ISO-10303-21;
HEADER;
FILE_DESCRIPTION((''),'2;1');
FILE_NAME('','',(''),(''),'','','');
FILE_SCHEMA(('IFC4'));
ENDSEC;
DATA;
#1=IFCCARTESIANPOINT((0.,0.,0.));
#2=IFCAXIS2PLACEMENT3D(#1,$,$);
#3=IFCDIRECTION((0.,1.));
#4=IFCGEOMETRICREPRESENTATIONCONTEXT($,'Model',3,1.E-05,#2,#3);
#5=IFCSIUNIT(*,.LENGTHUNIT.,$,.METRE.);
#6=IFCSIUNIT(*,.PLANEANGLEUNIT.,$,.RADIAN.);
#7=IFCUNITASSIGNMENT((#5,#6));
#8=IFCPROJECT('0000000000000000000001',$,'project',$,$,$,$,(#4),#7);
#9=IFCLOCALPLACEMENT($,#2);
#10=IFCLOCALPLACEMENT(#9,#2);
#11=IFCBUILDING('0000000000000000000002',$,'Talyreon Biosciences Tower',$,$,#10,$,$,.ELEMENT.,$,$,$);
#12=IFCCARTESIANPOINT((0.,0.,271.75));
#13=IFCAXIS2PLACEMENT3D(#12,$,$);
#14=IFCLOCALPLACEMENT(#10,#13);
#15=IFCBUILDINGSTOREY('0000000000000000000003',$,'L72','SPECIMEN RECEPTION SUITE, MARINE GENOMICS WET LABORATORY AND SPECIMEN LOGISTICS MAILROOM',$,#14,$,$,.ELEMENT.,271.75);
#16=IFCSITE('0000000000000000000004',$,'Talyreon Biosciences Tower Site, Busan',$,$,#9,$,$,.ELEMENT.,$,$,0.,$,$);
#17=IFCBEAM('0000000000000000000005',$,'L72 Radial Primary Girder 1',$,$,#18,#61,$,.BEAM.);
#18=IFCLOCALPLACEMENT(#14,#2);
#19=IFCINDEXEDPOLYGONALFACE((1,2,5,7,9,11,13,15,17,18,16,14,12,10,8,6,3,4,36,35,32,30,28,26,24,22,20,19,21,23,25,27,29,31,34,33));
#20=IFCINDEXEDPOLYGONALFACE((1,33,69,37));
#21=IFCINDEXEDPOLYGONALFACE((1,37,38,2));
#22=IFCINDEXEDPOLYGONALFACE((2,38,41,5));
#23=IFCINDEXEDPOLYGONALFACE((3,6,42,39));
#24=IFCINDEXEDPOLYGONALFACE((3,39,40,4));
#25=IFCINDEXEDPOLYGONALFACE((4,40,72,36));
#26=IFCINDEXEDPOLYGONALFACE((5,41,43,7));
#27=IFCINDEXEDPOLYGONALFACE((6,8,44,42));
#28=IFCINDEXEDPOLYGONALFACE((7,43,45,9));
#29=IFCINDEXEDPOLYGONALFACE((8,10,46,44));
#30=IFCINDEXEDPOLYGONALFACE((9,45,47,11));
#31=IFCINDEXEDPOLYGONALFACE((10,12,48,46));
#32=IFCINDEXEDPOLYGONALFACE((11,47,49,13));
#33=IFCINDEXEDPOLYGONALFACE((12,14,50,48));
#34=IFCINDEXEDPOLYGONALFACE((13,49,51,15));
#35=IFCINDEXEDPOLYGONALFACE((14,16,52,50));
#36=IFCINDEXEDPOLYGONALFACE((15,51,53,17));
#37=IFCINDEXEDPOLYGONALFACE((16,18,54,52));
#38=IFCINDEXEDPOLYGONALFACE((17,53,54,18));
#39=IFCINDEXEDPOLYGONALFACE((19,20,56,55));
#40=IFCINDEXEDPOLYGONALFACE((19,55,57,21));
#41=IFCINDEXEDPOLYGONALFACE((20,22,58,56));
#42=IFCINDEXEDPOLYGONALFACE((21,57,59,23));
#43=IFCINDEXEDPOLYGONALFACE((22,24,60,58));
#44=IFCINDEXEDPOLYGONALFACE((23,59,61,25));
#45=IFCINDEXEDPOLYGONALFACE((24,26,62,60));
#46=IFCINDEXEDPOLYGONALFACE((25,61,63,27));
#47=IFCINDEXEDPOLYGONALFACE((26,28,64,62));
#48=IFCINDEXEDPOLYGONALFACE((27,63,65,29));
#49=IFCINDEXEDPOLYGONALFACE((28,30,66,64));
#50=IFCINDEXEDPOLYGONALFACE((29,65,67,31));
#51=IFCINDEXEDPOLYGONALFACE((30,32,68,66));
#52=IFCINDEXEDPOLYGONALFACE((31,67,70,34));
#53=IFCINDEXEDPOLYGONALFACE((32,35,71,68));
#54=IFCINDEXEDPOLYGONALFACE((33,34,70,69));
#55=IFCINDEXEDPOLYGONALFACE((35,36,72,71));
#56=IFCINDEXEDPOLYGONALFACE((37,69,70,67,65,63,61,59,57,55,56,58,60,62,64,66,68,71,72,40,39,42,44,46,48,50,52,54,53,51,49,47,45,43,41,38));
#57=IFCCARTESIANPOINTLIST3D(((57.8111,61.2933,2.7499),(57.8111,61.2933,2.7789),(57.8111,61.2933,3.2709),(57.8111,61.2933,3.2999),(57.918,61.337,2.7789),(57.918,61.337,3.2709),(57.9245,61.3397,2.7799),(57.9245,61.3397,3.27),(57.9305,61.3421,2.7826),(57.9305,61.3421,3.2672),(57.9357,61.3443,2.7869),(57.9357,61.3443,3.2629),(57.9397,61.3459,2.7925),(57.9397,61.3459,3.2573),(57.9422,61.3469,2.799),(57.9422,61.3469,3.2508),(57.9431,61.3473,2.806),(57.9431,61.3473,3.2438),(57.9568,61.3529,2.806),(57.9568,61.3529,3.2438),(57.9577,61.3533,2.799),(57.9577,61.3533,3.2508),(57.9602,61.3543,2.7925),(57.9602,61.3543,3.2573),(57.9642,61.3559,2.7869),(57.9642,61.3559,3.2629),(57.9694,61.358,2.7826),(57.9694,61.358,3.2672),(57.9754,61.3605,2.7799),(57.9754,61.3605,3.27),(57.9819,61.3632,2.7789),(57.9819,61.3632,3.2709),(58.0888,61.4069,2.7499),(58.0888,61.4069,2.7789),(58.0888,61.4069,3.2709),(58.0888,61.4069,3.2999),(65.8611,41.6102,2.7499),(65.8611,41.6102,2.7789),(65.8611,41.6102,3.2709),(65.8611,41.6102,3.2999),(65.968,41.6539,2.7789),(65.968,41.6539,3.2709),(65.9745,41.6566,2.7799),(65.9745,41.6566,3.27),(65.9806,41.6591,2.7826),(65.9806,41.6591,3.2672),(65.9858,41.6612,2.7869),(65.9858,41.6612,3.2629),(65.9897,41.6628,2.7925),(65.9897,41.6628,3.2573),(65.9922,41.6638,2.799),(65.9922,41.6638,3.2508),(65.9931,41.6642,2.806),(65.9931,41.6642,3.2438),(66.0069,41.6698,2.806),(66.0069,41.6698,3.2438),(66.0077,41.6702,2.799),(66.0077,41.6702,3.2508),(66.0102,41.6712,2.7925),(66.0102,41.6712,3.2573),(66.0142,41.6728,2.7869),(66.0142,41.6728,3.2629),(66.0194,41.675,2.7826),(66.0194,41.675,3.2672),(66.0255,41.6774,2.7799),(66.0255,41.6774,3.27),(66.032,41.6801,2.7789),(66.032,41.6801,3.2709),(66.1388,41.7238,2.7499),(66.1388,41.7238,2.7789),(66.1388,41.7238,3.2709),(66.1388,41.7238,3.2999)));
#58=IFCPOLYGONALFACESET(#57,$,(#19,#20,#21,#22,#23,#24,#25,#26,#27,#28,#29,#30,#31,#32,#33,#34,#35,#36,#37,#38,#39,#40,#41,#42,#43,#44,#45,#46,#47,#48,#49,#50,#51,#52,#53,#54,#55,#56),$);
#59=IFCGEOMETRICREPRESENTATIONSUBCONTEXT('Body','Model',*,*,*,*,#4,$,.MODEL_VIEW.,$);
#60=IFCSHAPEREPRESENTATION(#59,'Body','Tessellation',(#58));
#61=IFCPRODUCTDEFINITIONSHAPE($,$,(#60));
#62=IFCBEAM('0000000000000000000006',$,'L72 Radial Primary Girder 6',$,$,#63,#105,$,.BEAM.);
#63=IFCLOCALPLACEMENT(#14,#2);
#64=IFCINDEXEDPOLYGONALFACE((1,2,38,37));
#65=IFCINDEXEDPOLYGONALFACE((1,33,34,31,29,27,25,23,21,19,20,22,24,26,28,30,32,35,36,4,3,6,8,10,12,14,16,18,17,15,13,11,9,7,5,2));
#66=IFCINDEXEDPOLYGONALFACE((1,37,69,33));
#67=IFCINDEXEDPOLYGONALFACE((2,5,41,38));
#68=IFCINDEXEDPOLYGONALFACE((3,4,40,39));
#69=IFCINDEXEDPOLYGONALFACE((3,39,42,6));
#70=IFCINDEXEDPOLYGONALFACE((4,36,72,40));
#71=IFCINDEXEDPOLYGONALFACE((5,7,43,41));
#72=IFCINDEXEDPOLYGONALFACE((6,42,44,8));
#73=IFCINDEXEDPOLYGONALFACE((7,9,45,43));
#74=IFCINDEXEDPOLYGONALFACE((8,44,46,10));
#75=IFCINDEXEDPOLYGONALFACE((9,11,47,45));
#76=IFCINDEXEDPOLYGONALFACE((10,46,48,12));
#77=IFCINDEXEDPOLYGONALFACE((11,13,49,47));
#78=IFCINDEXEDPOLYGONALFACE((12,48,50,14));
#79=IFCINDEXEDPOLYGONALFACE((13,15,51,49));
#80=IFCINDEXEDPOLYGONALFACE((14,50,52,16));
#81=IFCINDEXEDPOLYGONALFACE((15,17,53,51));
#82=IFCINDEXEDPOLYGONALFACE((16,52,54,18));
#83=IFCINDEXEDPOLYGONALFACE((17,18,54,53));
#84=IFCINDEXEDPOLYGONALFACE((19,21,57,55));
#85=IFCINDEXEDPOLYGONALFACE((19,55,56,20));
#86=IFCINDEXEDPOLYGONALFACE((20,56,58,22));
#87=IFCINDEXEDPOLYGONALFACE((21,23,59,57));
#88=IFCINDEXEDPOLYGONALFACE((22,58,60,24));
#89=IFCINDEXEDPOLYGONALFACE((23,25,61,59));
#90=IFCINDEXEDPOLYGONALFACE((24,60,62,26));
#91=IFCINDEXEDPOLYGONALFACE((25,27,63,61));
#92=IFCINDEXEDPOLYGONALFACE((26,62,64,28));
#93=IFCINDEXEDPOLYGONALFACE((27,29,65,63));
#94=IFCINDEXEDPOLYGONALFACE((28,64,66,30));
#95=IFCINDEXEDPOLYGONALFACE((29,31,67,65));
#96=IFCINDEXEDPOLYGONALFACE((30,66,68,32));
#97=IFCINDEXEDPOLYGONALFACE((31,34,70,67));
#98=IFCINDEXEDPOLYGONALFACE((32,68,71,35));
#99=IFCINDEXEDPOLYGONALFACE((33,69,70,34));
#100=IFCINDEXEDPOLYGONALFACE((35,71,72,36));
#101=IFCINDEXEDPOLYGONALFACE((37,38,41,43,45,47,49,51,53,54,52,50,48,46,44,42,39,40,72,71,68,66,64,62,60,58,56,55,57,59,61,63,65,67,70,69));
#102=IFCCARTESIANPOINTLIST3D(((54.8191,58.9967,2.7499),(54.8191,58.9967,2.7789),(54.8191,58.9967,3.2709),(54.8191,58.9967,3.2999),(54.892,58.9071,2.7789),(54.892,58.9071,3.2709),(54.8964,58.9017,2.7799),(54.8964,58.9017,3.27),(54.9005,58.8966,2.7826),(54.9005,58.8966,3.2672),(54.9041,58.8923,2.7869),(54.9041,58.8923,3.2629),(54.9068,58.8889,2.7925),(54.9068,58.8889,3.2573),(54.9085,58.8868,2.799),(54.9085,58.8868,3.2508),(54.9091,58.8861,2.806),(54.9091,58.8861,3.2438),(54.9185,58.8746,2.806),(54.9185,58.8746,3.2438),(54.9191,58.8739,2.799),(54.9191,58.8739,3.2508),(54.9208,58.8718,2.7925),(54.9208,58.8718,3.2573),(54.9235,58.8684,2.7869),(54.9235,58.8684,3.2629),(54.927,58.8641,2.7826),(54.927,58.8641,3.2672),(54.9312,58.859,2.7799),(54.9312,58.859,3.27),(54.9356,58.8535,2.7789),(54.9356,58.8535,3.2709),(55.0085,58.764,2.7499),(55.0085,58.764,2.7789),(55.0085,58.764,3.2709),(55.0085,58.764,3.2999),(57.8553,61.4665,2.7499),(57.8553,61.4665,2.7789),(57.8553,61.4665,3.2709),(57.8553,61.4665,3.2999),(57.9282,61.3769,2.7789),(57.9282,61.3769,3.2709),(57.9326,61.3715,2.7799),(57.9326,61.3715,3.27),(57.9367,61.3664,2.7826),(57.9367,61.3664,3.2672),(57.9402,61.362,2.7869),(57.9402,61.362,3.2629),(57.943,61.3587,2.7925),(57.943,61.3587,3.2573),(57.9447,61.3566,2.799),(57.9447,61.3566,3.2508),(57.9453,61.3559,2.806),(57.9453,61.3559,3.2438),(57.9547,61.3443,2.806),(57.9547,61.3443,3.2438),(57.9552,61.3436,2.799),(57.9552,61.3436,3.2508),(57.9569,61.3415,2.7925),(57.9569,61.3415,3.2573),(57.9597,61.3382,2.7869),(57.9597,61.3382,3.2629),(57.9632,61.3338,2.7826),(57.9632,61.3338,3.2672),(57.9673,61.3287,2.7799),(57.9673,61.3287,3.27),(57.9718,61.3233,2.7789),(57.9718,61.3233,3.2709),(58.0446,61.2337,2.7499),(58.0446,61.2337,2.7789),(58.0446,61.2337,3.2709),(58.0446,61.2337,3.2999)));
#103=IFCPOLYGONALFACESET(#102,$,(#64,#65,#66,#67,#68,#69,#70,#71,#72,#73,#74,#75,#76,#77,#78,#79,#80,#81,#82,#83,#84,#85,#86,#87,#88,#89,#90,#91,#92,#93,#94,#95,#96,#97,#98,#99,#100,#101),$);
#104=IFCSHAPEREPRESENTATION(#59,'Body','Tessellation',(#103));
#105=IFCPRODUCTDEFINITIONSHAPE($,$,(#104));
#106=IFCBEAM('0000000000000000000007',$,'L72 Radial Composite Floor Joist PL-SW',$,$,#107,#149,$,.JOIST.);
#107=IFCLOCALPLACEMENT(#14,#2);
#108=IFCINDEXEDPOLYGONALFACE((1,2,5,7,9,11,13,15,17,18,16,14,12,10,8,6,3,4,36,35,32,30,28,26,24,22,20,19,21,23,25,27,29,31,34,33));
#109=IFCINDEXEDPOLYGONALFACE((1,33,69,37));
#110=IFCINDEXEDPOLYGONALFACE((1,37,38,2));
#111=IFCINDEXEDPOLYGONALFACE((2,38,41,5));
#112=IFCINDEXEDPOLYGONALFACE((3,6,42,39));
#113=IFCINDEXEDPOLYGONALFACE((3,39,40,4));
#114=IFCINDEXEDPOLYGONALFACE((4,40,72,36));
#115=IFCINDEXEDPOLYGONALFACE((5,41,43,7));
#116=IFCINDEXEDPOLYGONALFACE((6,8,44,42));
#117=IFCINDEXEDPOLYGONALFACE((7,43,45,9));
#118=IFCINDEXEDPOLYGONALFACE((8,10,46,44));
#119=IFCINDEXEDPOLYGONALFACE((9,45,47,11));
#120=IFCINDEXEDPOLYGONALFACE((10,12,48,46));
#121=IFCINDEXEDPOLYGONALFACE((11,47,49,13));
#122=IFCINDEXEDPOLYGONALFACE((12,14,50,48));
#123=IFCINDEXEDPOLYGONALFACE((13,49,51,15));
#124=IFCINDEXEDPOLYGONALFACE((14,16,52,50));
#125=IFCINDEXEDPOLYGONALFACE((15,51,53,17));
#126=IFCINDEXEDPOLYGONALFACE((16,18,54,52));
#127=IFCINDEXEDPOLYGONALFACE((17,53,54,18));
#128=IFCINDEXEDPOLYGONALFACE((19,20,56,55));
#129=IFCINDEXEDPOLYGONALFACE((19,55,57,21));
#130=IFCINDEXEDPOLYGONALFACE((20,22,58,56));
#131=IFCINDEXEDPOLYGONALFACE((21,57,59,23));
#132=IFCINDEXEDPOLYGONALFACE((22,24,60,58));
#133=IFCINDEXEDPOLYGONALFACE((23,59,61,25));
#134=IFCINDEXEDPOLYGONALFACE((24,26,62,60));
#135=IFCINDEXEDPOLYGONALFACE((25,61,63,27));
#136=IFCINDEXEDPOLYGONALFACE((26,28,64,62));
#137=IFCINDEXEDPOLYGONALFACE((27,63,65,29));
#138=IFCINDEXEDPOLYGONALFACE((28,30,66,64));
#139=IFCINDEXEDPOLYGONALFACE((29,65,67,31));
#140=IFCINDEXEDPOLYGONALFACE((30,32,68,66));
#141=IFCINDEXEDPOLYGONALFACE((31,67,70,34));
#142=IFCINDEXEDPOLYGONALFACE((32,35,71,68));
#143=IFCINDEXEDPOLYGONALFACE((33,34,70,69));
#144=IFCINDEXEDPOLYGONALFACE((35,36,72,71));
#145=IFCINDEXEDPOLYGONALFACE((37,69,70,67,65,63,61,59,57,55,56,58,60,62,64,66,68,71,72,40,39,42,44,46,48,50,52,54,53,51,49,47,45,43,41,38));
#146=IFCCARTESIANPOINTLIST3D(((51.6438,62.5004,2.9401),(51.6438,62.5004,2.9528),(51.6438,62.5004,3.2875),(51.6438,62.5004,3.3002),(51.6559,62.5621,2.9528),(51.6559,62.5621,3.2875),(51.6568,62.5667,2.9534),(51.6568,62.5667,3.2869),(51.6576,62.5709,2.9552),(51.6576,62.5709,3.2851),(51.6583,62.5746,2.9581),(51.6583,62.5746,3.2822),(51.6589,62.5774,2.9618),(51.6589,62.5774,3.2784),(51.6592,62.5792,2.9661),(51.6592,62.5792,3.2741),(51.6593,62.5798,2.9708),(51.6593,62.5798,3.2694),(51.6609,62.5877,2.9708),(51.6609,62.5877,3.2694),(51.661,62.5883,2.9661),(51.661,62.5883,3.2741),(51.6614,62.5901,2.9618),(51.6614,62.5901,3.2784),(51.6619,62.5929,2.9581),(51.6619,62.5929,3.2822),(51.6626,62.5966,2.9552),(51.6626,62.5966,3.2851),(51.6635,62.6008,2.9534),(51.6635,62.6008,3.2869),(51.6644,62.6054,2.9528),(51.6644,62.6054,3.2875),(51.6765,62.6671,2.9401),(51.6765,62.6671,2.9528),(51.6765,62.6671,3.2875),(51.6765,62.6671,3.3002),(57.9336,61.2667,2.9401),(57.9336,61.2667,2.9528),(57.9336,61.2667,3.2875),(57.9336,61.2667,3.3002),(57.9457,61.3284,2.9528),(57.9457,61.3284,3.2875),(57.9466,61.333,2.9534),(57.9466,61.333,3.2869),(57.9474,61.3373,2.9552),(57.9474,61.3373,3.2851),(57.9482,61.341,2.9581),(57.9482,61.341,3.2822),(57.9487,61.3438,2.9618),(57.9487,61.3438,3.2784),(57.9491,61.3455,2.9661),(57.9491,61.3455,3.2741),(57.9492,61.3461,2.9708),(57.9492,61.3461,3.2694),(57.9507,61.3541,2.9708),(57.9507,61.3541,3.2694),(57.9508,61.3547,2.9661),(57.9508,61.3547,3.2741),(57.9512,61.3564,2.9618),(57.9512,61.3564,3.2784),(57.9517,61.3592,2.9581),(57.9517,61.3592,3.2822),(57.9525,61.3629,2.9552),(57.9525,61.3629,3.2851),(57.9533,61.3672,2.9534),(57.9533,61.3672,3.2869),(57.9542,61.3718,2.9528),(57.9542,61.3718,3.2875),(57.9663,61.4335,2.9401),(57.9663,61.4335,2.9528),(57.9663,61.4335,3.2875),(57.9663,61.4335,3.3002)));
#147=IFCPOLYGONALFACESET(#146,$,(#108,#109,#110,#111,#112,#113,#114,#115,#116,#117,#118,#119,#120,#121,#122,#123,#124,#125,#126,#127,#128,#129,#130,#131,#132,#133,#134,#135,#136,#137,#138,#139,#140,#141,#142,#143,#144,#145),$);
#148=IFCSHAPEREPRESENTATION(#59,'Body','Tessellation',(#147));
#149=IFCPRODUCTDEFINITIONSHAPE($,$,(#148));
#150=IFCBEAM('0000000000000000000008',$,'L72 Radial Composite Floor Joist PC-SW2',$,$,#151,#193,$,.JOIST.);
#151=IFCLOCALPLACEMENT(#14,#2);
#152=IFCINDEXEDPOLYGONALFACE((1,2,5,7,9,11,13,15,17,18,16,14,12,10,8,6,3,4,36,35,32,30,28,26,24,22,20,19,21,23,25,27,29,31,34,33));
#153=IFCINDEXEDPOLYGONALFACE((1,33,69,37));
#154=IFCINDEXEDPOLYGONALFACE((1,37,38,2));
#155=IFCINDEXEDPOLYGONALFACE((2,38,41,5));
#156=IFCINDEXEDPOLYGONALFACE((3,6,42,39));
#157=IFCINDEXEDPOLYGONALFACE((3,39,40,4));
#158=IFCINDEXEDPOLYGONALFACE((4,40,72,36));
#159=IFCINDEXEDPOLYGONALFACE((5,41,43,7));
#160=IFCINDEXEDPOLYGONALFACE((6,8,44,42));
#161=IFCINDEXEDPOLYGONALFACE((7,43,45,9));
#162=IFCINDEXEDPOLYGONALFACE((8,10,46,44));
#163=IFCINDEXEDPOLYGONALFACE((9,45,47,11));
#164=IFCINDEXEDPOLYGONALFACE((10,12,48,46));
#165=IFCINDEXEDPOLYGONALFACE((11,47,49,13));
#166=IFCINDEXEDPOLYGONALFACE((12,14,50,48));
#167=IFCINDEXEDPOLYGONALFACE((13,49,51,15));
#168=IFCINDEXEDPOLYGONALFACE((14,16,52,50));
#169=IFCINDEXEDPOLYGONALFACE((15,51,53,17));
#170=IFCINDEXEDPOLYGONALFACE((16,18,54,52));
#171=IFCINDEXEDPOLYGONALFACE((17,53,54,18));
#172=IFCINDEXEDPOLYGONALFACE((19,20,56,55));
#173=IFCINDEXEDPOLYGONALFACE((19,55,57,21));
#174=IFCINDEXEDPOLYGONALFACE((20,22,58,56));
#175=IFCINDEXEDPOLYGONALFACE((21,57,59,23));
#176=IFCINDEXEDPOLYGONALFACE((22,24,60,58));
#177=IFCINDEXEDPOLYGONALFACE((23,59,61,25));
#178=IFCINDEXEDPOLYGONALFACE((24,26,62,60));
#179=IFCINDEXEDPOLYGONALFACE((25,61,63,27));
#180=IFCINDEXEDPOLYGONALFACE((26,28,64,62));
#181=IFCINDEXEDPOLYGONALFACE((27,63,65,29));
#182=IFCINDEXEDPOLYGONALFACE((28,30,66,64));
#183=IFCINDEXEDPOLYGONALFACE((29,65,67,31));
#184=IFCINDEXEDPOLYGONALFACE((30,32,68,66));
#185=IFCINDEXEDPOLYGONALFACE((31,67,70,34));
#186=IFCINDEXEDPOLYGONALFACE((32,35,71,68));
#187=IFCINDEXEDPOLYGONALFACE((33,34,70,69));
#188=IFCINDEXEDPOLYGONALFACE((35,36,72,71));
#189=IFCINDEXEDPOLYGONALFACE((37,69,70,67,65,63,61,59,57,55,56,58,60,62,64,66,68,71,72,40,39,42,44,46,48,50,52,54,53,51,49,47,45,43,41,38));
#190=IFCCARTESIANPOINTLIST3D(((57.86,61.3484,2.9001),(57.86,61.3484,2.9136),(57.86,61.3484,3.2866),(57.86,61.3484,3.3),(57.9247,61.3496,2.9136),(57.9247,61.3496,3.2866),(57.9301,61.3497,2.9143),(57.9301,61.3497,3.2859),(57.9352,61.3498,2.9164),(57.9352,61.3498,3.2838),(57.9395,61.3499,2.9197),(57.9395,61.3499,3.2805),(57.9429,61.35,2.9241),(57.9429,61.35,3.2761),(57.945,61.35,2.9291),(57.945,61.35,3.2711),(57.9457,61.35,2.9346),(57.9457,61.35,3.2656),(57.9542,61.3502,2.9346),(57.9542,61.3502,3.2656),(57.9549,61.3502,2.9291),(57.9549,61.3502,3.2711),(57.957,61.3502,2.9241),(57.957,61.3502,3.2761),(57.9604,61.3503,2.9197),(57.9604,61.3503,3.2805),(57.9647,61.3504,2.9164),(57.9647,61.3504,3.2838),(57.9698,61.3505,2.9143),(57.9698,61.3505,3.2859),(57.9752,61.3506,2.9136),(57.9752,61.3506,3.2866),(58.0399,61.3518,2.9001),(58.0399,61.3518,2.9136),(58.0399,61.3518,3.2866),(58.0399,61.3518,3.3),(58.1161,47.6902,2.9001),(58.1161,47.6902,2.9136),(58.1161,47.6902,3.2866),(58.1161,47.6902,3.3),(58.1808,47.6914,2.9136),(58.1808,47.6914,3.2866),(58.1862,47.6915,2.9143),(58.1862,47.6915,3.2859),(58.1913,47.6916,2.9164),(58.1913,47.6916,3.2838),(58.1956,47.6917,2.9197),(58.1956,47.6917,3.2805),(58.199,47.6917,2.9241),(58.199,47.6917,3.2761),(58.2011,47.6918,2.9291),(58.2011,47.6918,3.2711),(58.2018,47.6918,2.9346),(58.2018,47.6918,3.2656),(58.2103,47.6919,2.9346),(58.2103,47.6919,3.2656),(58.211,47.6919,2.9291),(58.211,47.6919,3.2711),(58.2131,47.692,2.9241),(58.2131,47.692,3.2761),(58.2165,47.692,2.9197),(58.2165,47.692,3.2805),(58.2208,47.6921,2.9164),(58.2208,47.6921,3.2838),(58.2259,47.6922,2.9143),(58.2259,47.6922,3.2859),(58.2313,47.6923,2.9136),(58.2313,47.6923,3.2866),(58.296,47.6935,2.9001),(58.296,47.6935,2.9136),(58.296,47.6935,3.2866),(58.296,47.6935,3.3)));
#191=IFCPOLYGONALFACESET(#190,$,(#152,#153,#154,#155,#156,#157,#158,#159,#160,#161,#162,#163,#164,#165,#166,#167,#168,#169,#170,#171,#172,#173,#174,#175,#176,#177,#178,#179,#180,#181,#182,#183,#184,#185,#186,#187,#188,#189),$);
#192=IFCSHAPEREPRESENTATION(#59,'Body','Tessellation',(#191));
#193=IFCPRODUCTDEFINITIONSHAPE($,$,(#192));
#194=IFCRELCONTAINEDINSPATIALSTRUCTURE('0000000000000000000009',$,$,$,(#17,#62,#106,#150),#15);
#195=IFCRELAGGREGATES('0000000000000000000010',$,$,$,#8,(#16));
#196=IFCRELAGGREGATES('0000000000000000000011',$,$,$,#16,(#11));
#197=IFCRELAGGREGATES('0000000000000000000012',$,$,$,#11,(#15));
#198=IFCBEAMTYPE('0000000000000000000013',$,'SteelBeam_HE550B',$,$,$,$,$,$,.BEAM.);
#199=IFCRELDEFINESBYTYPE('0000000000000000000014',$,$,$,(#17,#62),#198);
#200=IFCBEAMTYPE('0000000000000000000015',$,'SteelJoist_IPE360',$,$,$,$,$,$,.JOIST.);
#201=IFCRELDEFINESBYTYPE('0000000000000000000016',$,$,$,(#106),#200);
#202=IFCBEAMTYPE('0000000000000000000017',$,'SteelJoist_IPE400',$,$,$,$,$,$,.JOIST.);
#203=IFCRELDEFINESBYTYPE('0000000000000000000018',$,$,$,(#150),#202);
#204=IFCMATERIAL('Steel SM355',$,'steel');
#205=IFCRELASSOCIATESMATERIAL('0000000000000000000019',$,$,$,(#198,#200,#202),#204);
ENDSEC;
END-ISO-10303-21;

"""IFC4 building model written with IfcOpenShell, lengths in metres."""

from ifc_helpers import new_model, si_unit, direction, frame, origin, origin_2d, place, context, subcontext, project, spatial, i_section, extrude, material, material_profile, profile_set, type_object, element, save


model = new_model("IFC4")

# Units and contexts
model_context = context("Model", 3, precision=1e-05, world=origin(), true_north=direction((0.0, 1.0)))
body_context = subcontext(model_context, "Body", "Model", "MODEL_VIEW")
ifc_project = project(units=[si_unit("LENGTHUNIT", "METRE"), si_unit("PLANEANGLEUNIT", "RADIAN")], contexts=[model_context])

# Site, building, storey
site_placement = place(None, origin())
site = spatial("IfcSite", under=ifc_project, at=site_placement, Name="Talyreon Biosciences Tower Site, Busan", CompositionType="ELEMENT", RefElevation=0.0)
building_placement = place(site_placement, origin())
building = spatial("IfcBuilding", under=site, at=building_placement, Name="Talyreon Biosciences Tower", CompositionType="ELEMENT")
storey_placement = place(building_placement, frame((0.0, 0.0, 271.75)))
storey = spatial("IfcBuildingStorey", under=building, at=storey_placement, Name="L72", Description="SPECIMEN RECEPTION SUITE, MARINE GENOMICS WET LABORATORY AND SPECIMEN LOGISTICS MAILROOM", CompositionType="ELEMENT", Elevation=271.75)

# Beams
ifc_material_1 = material(Name="Steel SM355", Category="steel")
ifc_material_profile_1 = material_profile(ifc_material_1, i_section(OverallWidth=0.3, OverallDepth=0.55, WebThickness=0.0149, FlangeThickness=0.0291, FilletRadius=0.0271, at=origin_2d()), Name="HE550B")
ifc_profile_set_1 = profile_set([ifc_material_profile_1], Name="Steel SM355")
beam_type_1 = type_object("IfcBeamType", Name="SteelBeam_HE550B", PredefinedType="BEAM", material=ifc_profile_set_1)
beam_1_placement = place(storey_placement, frame((57.95, 61.3501, 3.0249), z_axis=(0.378547, -0.925582, 0.0), x_axis=(0.925582, 0.378547, 0.0)))
element("IfcBeam", 1, at=beam_1_placement, inside=storey, type_object=beam_type_1, Name="L72 Radial Primary Girder 1", PredefinedType="BEAM", context=body_context, shape_type="SweptSolid", body=[
    extrude(i_section(OverallWidth=0.3, OverallDepth=0.55, WebThickness=0.0149, FlangeThickness=0.0291, FilletRadius=0.0271, at=origin_2d()), origin(), (0.0, 0.0, 1.0), 21.2656),
])
beam_2_placement = place(storey_placement, frame((57.95, 61.3501, 3.0249), z_axis=(-0.775755, -0.631034, 0.0), x_axis=(0.631034, -0.775755, 0.0)))
element("IfcBeam", 2, at=beam_2_placement, inside=storey, type_object=beam_type_1, Name="L72 Radial Primary Girder 6", PredefinedType="BEAM", context=body_context, shape_type="SweptSolid", body=[
    extrude(i_section(OverallWidth=0.3, OverallDepth=0.55, WebThickness=0.0149, FlangeThickness=0.0291, FilletRadius=0.0271, at=origin_2d()), origin(), (0.0, 0.0, 1.0), 3.9138),
])
ifc_material_profile_2 = material_profile(ifc_material_1, i_section(OverallWidth=0.1699, OverallDepth=0.3601, WebThickness=0.0081, FlangeThickness=0.0127, FilletRadius=0.0181, at=origin_2d()), Name="IPE360")
ifc_profile_set_2 = profile_set([ifc_material_profile_2], Name="Steel SM355")
beam_type_2 = type_object("IfcBeamType", Name="SteelJoist_IPE360", PredefinedType="JOIST", material=ifc_profile_set_2)
beam_3_placement = place(storey_placement, frame((57.95, 61.3501, 3.1201), z_axis=(-0.981303, 0.192467, 0.0), x_axis=(-0.192467, -0.981303, 0.0)))
element("IfcBeam", 3, at=beam_3_placement, inside=storey, type_object=beam_type_2, Name="L72 Radial Composite Floor Joist PL-SW", PredefinedType="JOIST", context=body_context, shape_type="SweptSolid", body=[
    extrude(i_section(OverallWidth=0.1699, OverallDepth=0.3601, WebThickness=0.0081, FlangeThickness=0.0127, FilletRadius=0.0181, at=origin_2d()), origin(), (0.0, 0.0, 1.0), 6.4097),
])
ifc_material_profile_3 = material_profile(ifc_material_1, i_section(OverallWidth=0.1799, OverallDepth=0.3999, WebThickness=0.0085, FlangeThickness=0.0134, FilletRadius=0.021, at=origin_2d()), Name="IPE400")
ifc_profile_set_3 = profile_set([ifc_material_profile_3], Name="Steel SM355")
beam_type_3 = type_object("IfcBeamType", Name="SteelJoist_IPE400", PredefinedType="JOIST", material=ifc_profile_set_3)
beam_4_placement = place(storey_placement, frame((57.95, 61.3501, 3.1001), z_axis=(0.018748, -0.999824, 0.0), x_axis=(0.999824, 0.018748, 0.0)))
element("IfcBeam", 4, at=beam_4_placement, inside=storey, type_object=beam_type_3, Name="L72 Radial Composite Floor Joist PC-SW2", PredefinedType="JOIST", context=body_context, shape_type="SweptSolid", body=[
    extrude(i_section(OverallWidth=0.1799, OverallDepth=0.3999, WebThickness=0.0085, FlangeThickness=0.0134, FilletRadius=0.021, at=origin_2d()), origin(), (0.0, 0.0, 1.0), 13.6606),
])

save(model, "model.ifc")
